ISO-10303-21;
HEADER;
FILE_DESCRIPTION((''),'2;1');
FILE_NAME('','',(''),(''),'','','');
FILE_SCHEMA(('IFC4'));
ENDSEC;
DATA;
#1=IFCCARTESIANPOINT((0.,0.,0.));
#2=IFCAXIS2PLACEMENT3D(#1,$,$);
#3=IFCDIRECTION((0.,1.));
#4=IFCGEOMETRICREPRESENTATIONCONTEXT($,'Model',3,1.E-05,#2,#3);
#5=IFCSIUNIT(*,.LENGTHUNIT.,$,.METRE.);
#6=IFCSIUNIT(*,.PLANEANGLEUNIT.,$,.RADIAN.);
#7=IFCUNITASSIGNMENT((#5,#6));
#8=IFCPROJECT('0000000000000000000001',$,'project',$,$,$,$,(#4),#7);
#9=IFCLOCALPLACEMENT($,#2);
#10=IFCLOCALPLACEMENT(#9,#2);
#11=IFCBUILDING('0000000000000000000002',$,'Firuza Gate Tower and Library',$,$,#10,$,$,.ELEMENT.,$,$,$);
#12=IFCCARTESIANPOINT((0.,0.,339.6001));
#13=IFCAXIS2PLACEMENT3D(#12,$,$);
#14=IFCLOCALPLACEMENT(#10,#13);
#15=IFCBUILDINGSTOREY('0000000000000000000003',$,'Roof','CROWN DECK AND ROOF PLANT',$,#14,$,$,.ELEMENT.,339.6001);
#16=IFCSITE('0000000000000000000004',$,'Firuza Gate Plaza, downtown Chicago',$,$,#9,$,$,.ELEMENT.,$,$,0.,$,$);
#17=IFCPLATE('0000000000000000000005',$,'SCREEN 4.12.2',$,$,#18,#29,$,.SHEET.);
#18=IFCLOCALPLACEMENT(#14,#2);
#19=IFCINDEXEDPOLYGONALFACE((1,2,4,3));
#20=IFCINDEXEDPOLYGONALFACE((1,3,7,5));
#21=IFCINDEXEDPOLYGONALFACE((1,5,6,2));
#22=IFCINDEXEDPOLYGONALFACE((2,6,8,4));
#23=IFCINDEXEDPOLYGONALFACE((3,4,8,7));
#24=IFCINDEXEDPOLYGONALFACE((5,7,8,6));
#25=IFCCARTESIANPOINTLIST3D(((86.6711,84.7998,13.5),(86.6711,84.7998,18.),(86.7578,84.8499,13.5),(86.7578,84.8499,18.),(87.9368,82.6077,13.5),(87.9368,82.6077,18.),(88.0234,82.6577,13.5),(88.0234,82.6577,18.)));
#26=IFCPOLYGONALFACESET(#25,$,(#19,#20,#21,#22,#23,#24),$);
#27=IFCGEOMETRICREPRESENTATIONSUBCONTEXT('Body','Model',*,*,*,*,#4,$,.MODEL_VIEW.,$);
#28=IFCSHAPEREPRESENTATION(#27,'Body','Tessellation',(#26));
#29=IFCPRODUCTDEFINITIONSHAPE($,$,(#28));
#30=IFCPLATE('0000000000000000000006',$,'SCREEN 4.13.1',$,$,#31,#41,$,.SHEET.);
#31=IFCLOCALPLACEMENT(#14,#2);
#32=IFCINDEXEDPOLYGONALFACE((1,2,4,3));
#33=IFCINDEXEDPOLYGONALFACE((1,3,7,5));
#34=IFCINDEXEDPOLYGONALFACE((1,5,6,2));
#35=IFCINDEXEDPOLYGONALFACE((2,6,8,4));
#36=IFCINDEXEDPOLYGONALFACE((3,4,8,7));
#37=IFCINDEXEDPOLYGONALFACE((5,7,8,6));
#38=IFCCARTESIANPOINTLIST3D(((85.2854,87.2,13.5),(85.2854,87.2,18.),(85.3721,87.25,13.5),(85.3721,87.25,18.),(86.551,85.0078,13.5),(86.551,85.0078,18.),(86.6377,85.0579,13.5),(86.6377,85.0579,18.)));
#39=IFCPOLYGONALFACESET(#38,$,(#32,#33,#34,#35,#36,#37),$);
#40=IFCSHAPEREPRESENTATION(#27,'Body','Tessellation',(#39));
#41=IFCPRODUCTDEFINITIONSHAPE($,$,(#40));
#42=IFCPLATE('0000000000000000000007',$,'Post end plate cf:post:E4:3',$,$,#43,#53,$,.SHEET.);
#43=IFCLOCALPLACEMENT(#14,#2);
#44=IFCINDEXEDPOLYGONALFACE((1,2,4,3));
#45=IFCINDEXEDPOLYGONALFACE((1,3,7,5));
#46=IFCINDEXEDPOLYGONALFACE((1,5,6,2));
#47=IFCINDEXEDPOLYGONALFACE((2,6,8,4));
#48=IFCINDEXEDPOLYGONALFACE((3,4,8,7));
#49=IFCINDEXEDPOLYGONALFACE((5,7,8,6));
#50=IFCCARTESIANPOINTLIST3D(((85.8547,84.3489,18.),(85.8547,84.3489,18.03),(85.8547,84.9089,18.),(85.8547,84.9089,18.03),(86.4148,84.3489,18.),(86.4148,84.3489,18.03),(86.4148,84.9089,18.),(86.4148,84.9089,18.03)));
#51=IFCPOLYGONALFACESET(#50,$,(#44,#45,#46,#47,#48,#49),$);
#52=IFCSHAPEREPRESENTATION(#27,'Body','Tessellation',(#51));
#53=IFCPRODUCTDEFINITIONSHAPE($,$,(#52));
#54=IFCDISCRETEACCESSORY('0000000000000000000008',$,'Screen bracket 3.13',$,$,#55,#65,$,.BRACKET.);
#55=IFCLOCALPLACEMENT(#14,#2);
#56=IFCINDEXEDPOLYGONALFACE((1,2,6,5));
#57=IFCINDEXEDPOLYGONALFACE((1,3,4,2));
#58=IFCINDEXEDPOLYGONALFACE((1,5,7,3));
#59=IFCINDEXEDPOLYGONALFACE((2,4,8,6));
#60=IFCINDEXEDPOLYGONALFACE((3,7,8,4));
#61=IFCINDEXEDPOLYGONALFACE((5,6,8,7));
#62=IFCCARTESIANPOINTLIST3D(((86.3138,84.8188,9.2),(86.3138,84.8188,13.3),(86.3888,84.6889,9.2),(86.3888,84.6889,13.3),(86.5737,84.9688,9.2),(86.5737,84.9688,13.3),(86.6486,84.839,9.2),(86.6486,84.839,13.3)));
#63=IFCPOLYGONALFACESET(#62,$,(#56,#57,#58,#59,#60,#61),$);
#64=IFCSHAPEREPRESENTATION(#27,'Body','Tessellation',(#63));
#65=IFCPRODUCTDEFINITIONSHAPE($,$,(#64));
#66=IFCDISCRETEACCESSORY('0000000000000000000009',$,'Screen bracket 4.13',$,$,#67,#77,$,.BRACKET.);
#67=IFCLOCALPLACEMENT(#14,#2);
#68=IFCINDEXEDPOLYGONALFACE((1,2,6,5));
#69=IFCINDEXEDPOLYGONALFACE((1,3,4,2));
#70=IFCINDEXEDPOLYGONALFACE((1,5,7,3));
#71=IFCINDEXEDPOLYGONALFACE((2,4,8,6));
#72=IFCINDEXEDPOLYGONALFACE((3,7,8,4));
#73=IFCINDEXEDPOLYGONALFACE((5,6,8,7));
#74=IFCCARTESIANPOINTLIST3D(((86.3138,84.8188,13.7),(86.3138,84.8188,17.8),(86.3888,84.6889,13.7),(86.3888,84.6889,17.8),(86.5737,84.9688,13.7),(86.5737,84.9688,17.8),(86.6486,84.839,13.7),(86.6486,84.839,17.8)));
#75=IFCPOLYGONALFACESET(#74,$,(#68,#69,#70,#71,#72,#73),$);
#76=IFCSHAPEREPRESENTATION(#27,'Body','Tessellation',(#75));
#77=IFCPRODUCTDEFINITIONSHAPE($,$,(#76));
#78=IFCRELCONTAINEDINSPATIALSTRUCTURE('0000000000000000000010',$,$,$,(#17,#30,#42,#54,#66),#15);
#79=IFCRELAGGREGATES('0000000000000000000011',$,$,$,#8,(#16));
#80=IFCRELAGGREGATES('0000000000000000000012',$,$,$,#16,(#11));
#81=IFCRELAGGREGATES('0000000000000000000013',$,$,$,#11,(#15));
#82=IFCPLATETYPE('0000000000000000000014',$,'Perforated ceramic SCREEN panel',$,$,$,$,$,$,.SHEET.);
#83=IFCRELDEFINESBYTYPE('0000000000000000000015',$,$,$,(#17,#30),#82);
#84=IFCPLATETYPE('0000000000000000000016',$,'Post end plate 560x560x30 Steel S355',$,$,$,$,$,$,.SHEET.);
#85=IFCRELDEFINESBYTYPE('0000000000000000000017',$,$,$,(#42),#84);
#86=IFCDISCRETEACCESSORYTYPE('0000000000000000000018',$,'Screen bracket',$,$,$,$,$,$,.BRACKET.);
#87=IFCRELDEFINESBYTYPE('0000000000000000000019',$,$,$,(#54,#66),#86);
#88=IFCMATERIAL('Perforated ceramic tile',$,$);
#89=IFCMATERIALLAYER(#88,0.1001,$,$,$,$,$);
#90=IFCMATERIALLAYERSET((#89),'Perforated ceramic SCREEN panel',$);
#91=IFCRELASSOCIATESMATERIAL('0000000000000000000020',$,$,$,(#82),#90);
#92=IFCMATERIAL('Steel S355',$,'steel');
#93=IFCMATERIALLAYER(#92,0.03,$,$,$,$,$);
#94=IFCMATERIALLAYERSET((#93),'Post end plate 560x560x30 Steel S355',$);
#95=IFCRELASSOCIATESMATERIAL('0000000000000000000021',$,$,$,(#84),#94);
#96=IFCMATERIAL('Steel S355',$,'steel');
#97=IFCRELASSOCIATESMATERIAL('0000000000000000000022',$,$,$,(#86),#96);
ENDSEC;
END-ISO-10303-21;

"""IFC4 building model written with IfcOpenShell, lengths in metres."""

from ifc_helpers import new_model, si_unit, direction, frame, origin, origin_2d, place, context, subcontext, project, spatial, polyline, rectangle, outline, extrude, material, layer, layer_set, type_object, element, save


model = new_model("IFC4")

# Units and contexts
model_context = context("Model", 3, precision=1e-05, world=origin(), true_north=direction((0.0, 1.0)))
body_context = subcontext(model_context, "Body", "Model", "MODEL_VIEW")
ifc_project = project(units=[si_unit("LENGTHUNIT", "METRE"), si_unit("PLANEANGLEUNIT", "RADIAN")], contexts=[model_context])

# Site, building, storey
site_placement = place(None, origin())
site = spatial("IfcSite", under=ifc_project, at=site_placement, Name="Firuza Gate Plaza, downtown Chicago", CompositionType="ELEMENT", RefElevation=0.0)
building_placement = place(site_placement, origin())
building = spatial("IfcBuilding", under=site, at=building_placement, Name="Firuza Gate Tower and Library", CompositionType="ELEMENT")
storey_placement = place(building_placement, frame((0.0, 0.0, 339.6001)))
storey = spatial("IfcBuildingStorey", under=building, at=storey_placement, Name="Roof", Description="CROWN DECK AND ROOF PLANT", CompositionType="ELEMENT", Elevation=339.6001)

# Plates
ifc_material_1 = material(Name="Perforated ceramic tile")
ifc_layer_1 = layer(ifc_material_1, 0.1001)
ifc_layer_set_1 = layer_set([ifc_layer_1], Name="Perforated ceramic SCREEN panel")
plate_type_1 = type_object("IfcPlateType", Name="Perforated ceramic SCREEN panel", PredefinedType="SHEET", material=ifc_layer_set_1)
for number, where, z_axis, x_axis, name in (
    (1, (88.0234, 82.6577, 13.5), (0.866027, 0.499998, 0.0), (-0.499998, 0.866027, 0.0), "SCREEN 4.12.2"),
    (2, (86.6377, 85.0579, 13.5), (0.866027, 0.499998, 0.0), (-0.499998, 0.866027, 0.0), "SCREEN 4.13.1"),
):
    element("IfcPlate", number, at=place(storey_placement, frame(where, z_axis=z_axis, x_axis=x_axis)), inside=storey, type_object=plate_type_1, Name=name, PredefinedType="SHEET", context=body_context, shape_type="SweptSolid", body=[
        extrude(outline(polyline([(0.0, 0.0), (2.5313, 0.0), (2.5313, 4.5), (0.0, 4.5), (0.0, 0.0)])), origin(), (0.0, 0.0, -1.0), 0.1001),
    ])
ifc_material_2 = material(Name="Steel S355", Category="steel")
ifc_layer_2 = layer(ifc_material_2, 0.03)
ifc_layer_set_2 = layer_set([ifc_layer_2], Name="Post end plate 560x560x30 Steel S355")
plate_type_2 = type_object("IfcPlateType", Name="Post end plate 560x560x30 Steel S355", PredefinedType="SHEET", material=ifc_layer_set_2)
plate_1_placement = place(storey_placement, frame((86.1348, 84.6289, 18.0), z_axis=(0.0, 0.0, 1.0), x_axis=(1.0, 0.0, 0.0)))
element("IfcPlate", 3, at=plate_1_placement, inside=storey, type_object=plate_type_2, Name="Post end plate cf:post:E4:3", PredefinedType="SHEET", context=body_context, shape_type="SweptSolid", body=[
    extrude(rectangle(XDim=0.5601, YDim=0.5601, at=origin_2d()), origin(), (0.0, 0.0, 1.0), 0.03),
])

# Discrete accessories
ifc_material_3 = material(Name="Steel S355", Category="steel")
discrete_accessory_type = type_object("IfcDiscreteAccessoryType", Name="Screen bracket", PredefinedType="BRACKET", material=ifc_material_3)
for number, where, z_axis, x_axis, name in (
    (4, (86.4812, 84.8289, 9.2), (0.0, 0.0, 1.0), (0.866025, 0.5, 0.0), "Screen bracket 3.13"),
    (5, (86.4812, 84.8289, 13.7), (0.0, 0.0, 1.0), (0.866025, 0.5, 0.0), "Screen bracket 4.13"),
):
    element("IfcDiscreteAccessory", number, at=place(storey_placement, frame(where, z_axis=z_axis, x_axis=x_axis)), inside=storey, type_object=discrete_accessory_type, Name=name, PredefinedType="BRACKET", context=body_context, shape_type="SweptSolid", body=[
        extrude(rectangle(XDim=0.3, YDim=0.1499, at=origin_2d()), origin(), (0.0, 0.0, 1.0), 4.1001),
    ])

save(model, "model.ifc")
